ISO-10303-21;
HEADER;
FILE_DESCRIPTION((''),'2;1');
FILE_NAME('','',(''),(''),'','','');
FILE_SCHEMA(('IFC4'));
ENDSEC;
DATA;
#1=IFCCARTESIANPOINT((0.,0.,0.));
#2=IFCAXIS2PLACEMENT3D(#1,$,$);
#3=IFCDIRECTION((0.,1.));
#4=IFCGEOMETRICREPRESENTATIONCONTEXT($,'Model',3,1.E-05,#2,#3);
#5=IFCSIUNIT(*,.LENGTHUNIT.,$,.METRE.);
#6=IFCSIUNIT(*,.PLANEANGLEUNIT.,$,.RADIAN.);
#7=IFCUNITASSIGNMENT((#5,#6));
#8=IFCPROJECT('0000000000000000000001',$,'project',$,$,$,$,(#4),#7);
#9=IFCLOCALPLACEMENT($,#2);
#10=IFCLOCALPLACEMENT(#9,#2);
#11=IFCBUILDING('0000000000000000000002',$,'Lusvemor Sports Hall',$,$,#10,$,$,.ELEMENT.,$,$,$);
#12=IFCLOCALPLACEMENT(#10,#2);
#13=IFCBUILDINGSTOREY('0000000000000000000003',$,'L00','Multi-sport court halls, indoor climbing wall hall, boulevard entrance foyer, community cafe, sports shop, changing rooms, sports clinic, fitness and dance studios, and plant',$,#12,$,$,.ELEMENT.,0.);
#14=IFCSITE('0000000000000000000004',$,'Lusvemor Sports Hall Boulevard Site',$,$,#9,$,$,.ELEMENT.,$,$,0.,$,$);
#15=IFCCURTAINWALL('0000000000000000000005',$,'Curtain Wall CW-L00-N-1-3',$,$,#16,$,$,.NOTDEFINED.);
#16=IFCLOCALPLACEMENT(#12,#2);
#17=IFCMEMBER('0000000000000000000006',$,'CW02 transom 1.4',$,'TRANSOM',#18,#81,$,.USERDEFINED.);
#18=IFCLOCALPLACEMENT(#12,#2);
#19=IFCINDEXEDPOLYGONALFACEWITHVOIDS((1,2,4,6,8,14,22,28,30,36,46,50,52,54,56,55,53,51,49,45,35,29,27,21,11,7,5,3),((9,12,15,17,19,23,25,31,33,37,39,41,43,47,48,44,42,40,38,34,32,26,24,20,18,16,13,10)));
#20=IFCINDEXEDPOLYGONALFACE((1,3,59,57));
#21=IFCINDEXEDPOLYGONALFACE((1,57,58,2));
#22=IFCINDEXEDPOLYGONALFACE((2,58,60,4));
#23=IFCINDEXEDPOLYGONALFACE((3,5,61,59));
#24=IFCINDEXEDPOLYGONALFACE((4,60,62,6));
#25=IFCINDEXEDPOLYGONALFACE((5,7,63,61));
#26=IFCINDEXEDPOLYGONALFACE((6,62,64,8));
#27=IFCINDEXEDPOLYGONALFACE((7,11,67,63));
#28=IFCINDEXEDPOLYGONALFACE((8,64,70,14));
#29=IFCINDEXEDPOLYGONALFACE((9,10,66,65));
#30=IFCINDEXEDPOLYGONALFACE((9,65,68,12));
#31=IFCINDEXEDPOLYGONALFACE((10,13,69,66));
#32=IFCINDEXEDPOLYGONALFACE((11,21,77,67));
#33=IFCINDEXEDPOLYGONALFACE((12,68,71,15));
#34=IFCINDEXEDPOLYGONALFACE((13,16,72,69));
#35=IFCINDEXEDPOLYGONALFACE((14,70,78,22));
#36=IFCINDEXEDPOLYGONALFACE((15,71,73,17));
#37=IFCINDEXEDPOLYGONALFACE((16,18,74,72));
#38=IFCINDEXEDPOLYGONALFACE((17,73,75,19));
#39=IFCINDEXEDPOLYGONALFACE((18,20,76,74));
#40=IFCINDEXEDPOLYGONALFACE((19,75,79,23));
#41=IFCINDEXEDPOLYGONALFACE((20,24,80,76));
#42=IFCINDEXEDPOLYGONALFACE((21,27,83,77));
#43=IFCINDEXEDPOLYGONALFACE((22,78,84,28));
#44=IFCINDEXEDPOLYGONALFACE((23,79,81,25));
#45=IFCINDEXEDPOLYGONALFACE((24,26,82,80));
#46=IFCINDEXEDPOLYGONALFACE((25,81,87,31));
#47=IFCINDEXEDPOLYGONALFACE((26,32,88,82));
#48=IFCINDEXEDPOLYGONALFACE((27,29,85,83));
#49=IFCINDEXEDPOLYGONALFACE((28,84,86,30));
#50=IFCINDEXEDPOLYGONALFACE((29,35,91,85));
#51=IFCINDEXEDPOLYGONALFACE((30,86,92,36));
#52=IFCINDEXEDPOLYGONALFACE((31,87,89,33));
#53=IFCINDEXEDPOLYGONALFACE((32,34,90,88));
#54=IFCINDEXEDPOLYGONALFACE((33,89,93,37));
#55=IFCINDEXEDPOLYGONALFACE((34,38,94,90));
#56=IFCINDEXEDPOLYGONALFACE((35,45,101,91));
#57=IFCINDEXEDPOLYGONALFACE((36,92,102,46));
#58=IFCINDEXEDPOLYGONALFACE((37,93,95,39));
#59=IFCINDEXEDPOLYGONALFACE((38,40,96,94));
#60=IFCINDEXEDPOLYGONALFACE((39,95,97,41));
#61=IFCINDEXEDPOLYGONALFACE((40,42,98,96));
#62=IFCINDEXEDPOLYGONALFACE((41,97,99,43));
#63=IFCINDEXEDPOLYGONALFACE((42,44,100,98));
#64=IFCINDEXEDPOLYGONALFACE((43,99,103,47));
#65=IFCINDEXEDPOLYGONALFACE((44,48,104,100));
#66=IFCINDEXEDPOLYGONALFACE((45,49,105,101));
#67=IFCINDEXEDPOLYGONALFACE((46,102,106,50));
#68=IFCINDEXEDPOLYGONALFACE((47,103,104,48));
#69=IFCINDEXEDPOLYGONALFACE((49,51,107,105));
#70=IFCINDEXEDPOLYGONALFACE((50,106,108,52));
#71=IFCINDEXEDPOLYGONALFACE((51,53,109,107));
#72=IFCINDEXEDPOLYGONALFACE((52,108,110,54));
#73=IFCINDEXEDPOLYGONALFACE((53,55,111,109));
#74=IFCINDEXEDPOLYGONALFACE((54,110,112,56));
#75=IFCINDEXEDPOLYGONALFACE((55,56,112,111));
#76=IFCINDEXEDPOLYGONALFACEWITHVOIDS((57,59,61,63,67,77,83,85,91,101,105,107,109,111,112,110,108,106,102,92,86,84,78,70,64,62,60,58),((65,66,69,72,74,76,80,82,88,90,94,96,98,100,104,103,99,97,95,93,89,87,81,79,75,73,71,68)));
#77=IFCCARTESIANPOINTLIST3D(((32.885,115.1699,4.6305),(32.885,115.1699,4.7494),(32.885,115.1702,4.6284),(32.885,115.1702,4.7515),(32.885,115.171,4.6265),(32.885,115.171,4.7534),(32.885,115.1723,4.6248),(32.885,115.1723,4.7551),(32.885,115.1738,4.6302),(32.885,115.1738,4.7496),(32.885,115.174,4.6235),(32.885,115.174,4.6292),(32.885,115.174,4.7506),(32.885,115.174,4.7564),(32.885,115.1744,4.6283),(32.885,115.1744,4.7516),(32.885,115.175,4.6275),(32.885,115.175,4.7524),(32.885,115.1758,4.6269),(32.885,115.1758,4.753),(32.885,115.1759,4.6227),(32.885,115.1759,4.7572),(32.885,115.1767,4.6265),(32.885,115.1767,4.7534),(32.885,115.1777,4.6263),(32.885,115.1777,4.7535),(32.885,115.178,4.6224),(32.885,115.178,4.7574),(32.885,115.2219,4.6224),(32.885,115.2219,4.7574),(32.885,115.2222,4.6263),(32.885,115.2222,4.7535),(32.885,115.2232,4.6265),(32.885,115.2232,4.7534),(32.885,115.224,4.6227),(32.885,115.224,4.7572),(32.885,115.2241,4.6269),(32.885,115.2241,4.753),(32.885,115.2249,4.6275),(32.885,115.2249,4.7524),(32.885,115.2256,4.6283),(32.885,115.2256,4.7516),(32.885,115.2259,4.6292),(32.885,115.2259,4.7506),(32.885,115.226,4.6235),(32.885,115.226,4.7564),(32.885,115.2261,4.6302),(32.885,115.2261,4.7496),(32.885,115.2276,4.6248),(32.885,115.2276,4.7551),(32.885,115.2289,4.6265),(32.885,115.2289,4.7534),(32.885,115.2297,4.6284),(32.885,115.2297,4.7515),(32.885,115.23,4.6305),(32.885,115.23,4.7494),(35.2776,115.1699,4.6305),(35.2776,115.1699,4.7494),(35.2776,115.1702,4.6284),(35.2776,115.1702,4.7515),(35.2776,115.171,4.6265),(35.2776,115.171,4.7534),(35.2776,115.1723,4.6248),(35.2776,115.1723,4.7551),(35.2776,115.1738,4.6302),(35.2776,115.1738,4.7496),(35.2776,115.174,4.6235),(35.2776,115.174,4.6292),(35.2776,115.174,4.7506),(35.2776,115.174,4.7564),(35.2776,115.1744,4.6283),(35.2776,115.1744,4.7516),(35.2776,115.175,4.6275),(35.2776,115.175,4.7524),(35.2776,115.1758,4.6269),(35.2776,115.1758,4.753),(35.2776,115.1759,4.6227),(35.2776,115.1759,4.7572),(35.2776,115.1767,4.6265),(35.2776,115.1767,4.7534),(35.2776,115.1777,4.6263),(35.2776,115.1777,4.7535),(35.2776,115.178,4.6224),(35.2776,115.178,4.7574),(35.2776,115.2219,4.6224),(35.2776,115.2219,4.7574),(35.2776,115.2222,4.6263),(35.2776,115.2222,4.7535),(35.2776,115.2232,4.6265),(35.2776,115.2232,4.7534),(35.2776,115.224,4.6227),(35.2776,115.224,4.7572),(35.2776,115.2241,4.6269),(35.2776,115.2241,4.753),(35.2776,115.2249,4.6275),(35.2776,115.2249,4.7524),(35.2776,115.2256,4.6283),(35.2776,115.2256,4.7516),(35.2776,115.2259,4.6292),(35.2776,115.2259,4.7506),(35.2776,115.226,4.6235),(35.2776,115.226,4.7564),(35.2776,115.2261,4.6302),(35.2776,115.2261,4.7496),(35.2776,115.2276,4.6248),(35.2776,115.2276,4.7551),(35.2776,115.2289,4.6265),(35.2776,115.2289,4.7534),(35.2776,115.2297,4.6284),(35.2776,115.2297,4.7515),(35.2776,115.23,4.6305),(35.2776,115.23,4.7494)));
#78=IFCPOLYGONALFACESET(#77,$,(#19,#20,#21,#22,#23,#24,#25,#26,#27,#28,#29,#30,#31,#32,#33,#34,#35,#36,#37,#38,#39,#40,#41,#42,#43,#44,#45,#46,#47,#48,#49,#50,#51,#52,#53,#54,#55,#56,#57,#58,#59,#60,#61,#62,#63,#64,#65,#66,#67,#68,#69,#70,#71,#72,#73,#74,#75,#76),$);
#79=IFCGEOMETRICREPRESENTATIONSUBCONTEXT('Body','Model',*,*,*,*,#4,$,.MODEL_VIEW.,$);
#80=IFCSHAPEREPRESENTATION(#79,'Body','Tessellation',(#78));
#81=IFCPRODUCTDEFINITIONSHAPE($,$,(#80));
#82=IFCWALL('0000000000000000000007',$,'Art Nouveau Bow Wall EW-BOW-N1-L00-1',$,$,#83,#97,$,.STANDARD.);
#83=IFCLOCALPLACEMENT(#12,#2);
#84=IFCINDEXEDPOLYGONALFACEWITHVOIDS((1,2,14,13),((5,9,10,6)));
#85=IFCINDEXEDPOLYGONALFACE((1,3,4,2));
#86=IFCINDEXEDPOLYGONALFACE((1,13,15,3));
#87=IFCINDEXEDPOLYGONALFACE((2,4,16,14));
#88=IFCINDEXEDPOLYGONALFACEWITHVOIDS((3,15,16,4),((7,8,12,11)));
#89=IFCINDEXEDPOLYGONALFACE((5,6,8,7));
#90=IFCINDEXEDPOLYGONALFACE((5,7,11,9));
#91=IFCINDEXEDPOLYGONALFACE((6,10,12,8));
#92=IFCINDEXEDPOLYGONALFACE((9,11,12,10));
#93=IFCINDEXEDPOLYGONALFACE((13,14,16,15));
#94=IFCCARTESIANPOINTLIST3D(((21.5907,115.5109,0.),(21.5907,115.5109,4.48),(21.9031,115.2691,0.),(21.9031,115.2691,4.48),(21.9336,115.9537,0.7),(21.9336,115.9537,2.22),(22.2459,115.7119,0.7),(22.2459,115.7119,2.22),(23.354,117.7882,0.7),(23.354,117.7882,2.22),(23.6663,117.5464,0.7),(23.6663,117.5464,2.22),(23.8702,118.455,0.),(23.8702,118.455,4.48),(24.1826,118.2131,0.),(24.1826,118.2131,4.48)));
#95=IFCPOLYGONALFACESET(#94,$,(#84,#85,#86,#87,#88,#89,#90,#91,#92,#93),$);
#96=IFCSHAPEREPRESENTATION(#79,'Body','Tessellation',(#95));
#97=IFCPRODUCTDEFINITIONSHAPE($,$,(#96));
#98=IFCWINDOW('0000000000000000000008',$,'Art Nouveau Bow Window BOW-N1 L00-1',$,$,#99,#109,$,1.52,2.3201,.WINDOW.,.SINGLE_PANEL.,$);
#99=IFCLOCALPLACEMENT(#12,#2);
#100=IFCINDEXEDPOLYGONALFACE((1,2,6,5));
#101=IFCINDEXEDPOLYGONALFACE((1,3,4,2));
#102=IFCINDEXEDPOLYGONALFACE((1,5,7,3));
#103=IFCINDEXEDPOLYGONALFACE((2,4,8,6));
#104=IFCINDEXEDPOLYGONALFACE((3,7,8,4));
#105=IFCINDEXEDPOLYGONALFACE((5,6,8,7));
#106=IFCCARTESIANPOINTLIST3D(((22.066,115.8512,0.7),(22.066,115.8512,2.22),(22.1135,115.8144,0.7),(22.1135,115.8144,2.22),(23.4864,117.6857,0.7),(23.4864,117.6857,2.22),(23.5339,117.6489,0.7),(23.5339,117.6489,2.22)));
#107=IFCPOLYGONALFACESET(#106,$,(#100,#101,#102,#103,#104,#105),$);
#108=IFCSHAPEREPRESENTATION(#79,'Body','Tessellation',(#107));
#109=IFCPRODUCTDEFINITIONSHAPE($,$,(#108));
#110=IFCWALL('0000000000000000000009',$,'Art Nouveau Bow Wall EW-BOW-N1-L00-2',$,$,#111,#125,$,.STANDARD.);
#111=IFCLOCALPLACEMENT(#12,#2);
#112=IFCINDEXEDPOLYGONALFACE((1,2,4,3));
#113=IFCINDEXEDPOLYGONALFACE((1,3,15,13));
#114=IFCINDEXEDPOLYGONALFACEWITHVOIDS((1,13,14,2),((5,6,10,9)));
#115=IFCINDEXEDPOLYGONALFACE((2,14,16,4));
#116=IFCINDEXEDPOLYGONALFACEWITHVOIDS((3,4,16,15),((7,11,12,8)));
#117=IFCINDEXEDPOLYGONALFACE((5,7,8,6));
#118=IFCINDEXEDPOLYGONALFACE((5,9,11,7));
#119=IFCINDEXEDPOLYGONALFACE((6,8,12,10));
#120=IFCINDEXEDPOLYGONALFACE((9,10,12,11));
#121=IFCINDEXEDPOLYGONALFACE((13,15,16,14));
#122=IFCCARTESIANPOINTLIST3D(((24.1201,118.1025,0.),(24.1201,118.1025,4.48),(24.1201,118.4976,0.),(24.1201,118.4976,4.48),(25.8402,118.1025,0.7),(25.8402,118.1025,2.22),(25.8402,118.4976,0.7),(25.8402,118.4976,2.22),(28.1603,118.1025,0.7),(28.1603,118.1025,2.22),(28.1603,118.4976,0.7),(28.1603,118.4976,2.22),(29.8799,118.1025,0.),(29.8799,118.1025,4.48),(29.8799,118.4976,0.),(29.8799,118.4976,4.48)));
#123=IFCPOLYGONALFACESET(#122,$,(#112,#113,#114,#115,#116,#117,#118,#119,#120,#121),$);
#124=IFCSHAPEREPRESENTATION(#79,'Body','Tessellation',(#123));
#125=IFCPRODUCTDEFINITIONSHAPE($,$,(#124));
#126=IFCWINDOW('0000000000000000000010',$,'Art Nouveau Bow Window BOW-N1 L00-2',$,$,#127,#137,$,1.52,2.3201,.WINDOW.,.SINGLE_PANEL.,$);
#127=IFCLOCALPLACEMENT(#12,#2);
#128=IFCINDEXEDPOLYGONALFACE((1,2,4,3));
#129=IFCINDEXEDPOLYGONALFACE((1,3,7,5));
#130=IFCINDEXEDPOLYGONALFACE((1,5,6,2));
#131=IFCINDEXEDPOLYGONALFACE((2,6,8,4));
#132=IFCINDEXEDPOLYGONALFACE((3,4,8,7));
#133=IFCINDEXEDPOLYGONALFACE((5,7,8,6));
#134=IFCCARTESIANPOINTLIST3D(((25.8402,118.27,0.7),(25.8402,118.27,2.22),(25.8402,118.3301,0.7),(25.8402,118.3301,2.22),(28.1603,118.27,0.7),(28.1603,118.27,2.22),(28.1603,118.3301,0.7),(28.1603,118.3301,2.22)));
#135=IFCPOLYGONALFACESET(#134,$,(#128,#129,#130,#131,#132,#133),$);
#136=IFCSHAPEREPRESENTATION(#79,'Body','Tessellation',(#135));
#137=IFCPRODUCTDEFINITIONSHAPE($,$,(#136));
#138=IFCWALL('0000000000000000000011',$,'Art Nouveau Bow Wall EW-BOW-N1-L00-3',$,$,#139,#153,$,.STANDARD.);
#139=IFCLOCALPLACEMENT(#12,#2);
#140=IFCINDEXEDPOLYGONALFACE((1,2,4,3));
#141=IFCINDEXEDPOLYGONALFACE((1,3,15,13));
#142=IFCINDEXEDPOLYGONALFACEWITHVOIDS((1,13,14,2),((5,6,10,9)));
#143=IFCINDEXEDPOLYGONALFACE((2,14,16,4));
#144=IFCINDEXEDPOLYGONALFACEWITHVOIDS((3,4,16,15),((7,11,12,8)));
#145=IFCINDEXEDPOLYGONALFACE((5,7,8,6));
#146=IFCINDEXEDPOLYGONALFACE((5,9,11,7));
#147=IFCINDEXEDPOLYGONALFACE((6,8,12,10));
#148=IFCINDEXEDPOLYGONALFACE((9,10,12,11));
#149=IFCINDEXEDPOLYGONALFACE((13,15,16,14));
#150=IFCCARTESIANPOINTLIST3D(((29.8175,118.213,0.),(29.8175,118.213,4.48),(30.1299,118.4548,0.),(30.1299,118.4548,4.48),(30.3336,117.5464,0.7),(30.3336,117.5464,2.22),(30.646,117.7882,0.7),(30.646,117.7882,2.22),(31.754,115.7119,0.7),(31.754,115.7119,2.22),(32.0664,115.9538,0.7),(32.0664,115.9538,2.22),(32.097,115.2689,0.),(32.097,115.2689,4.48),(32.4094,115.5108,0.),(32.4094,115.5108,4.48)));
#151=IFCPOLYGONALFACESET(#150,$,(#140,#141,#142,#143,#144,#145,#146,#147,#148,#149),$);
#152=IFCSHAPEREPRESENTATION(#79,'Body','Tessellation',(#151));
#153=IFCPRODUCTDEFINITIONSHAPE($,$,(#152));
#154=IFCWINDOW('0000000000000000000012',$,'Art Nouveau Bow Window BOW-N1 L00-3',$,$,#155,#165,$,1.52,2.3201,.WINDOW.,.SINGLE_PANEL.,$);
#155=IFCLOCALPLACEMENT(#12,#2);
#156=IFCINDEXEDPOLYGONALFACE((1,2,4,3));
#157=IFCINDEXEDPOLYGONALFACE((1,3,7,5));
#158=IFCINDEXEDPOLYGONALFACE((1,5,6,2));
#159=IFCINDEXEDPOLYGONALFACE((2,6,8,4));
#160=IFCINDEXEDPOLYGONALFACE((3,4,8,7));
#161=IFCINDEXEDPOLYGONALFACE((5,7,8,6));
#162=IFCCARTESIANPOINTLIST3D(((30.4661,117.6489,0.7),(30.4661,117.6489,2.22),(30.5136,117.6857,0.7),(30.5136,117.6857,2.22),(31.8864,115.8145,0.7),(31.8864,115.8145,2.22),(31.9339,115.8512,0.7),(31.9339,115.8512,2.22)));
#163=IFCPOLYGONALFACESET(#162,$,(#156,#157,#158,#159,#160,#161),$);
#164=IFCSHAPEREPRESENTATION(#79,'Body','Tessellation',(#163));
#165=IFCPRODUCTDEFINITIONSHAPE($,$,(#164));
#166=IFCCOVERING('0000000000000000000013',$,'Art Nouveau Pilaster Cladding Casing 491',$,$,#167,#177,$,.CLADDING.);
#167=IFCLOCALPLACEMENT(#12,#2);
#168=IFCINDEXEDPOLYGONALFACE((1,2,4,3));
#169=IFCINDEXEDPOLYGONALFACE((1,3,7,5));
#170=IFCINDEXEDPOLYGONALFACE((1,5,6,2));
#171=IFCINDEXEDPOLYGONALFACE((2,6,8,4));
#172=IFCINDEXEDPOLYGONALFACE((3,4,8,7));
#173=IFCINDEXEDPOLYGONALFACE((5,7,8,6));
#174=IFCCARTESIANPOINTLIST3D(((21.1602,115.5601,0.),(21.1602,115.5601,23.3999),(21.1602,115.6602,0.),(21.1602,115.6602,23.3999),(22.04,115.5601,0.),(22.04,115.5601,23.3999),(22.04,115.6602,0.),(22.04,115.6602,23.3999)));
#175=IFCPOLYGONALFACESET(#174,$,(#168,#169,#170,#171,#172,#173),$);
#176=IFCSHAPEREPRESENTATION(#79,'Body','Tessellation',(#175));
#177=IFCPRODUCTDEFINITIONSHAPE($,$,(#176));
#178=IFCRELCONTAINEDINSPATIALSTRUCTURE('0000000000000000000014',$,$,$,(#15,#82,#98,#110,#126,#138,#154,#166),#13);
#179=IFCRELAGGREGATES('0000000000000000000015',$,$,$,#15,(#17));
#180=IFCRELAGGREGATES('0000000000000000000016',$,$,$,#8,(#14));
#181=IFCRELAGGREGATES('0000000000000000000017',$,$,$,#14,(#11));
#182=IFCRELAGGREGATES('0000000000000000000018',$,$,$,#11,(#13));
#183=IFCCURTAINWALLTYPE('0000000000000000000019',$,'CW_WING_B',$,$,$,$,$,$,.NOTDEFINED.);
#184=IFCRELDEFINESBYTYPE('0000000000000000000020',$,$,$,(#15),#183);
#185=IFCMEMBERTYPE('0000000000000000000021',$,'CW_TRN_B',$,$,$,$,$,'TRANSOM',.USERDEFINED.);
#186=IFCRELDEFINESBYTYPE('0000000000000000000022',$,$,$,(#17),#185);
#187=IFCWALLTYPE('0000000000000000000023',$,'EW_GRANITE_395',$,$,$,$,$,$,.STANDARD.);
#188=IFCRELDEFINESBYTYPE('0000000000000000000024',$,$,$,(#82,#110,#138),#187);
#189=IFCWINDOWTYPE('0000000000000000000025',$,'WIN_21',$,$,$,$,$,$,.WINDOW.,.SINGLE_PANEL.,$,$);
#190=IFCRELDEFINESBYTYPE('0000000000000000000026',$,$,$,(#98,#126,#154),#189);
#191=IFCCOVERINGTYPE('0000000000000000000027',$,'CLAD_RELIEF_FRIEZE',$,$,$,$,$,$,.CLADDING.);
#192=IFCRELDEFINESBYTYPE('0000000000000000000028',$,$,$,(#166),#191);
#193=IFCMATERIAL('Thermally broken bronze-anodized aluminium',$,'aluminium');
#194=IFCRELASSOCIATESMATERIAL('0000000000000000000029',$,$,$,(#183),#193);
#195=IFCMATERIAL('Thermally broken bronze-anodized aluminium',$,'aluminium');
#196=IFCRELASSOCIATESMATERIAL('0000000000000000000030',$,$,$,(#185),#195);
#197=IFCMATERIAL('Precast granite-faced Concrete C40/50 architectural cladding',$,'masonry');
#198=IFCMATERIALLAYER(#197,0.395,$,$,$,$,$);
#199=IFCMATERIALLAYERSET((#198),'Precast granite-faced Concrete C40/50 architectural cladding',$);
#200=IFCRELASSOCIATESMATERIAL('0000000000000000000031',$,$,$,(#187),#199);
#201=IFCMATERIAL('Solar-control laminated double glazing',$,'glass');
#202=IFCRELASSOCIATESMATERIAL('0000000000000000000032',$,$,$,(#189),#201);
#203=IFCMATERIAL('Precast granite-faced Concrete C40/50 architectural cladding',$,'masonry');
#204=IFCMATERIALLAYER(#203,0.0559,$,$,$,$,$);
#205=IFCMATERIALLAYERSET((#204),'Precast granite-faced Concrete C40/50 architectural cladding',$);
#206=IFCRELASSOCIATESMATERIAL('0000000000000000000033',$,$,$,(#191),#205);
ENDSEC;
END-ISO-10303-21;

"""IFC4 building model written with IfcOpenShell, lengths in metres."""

from ifc_helpers import new_model, si_unit, direction, frame, frame_2d, origin, origin_2d, place, context, subcontext, project, spatial, rectangle, hollow_rectangle, extrude, material, layer, layer_set, material_profile, profile_set, type_object, element, fill, aggregate, save


model = new_model("IFC4")

# Units and contexts
model_context = context("Model", 3, precision=1e-05, world=origin(), true_north=direction((0.0, 1.0)))
body_context = subcontext(model_context, "Body", "Model", "MODEL_VIEW")
ifc_project = project(units=[si_unit("LENGTHUNIT", "METRE"), si_unit("PLANEANGLEUNIT", "RADIAN")], contexts=[model_context])

# Site, building, storey
site_placement = place(None, origin())
site = spatial("IfcSite", under=ifc_project, at=site_placement, Name="Lusvemor Sports Hall Boulevard Site", CompositionType="ELEMENT", RefElevation=0.0)
building_placement = place(site_placement, origin())
building = spatial("IfcBuilding", under=site, at=building_placement, Name="Lusvemor Sports Hall", CompositionType="ELEMENT")
storey_placement = place(building_placement, origin())
storey = spatial("IfcBuildingStorey", under=building, at=storey_placement, Name="L00", Description="Multi-sport court halls, indoor climbing wall hall, boulevard entrance foyer, community cafe, sports shop, changing rooms, sports clinic, fitness and dance studios, and plant", CompositionType="ELEMENT", Elevation=0.0)

# Curtain wall, member
ifc_material_1 = material(Name="Thermally broken bronze-anodized aluminium", Category="aluminium")
curtain_wall_type = type_object("IfcCurtainWallType", Name="CW_WING_B", PredefinedType="NOTDEFINED", material=ifc_material_1)
curtain_wall_placement = place(storey_placement, origin())
curtain_wall = element("IfcCurtainWall", 1, at=curtain_wall_placement, inside=storey, type_object=curtain_wall_type, Name="Curtain Wall CW-L00-N-1-3", PredefinedType="NOTDEFINED")
ifc_material_2 = material(Name="Thermally broken bronze-anodized aluminium", Category="aluminium")
ifc_material_profile_1 = material_profile(ifc_material_2, hollow_rectangle(XDim=0.0601, YDim=0.135, WallThickness=0.0039, InnerFilletRadius=0.0039, OuterFilletRadius=0.0081, at=origin_2d()), Name="CWTRN135x60x4")
ifc_profile_set_1 = profile_set([ifc_material_profile_1], Name="Thermally broken bronze-anodized aluminium")
member_type = type_object("IfcMemberType", Name="CW_TRN_B", ElementType="TRANSOM", PredefinedType="USERDEFINED", material=ifc_profile_set_1)
member_placement = place(storey_placement, frame((32.885, 115.2, 4.6899), z_axis=(1.0, 0.0, 0.0), x_axis=(0.0, 1.0, 0.0)))
member = element("IfcMember", 2, at=member_placement, type_object=member_type, Name="CW02 transom 1.4", ObjectType="TRANSOM", PredefinedType="USERDEFINED", context=body_context, shape_type="SweptSolid", body=[
    extrude(hollow_rectangle(XDim=0.0601, YDim=0.135, WallThickness=0.0039, InnerFilletRadius=0.0039, OuterFilletRadius=0.0081, at=origin_2d()), origin(), (0.0, 0.0, 1.0), 2.3926),
])
aggregate(curtain_wall, [member])

# Walls, openings, windows
ifc_material_3 = material(Name="Precast granite-faced Concrete C40/50 architectural cladding", Category="masonry")
ifc_layer_1 = layer(ifc_material_3, 0.395)
ifc_layer_set_1 = layer_set([ifc_layer_1], Name="Precast granite-faced Concrete C40/50 architectural cladding")
wall_type = type_object("IfcWallType", Name="EW_GRANITE_395", PredefinedType="STANDARD", material=ifc_layer_set_1)
wall_1_placement = place(storey_placement, frame((21.7468, 115.3899, 0.0), z_axis=(0.0, 0.0, 1.0), x_axis=(0.612214, 0.790692, 0.0)))
wall_1 = element("IfcWall", 3, at=wall_1_placement, inside=storey, type_object=wall_type, Name="Art Nouveau Bow Wall EW-BOW-N1-L00-1", PredefinedType="STANDARD", context=body_context, shape_type="SweptSolid", body=[
    extrude(rectangle(XDim=3.7234, YDim=0.395, at=frame_2d((1.8618, 0.0))), origin(), (0.0, 0.0, 1.0), 4.48),
])
opening_1_placement = place(wall_1_placement, frame((0.5601, 0.0, 0.7)))
opening_1 = element("IfcOpeningElement", 4, at=opening_1_placement, cuts=wall_1, PredefinedType="OPENING", context=body_context, shape_type="SweptSolid", body=[
    extrude(rectangle(XDim=2.3201, YDim=1.52, at=frame_2d((1.1602, 0.76))), frame((0.0, 0.1975, 0.0), z_axis=(0.0, -1.0, 0.0), x_axis=(1.0, 0.0, 0.0)), (0.0, 0.0, 1.0), 0.395),
])
ifc_material_4 = material(Name="Solar-control laminated double glazing", Category="glass")
window_type = type_object("IfcWindowType", Name="WIN_21", PartitioningType="SINGLE_PANEL", PredefinedType="WINDOW", material=ifc_material_4)
window_1_placement = place(opening_1_placement, origin())
window_1 = element("IfcWindow", 5, at=window_1_placement, inside=storey, type_object=window_type, Name="Art Nouveau Bow Window BOW-N1 L00-1", OverallHeight=1.52, OverallWidth=2.3201, PartitioningType="SINGLE_PANEL", PredefinedType="WINDOW", context=body_context, shape_type="SweptSolid", body=[
    extrude(rectangle(XDim=2.3201, YDim=1.52, at=frame_2d((1.1602, 0.76))), frame((0.0, 0.03, 0.0), z_axis=(0.0, -1.0, 0.0), x_axis=(1.0, 0.0, 0.0)), (0.0, 0.0, 1.0), 0.0601),
])
fill(opening_1, window_1)
wall_2_placement = place(storey_placement, frame((24.1201, 118.3, 0.0), z_axis=(0.0, 0.0, 1.0), x_axis=(1.0, 0.0, 0.0)))
wall_2 = element("IfcWall", 6, at=wall_2_placement, inside=storey, type_object=wall_type, Name="Art Nouveau Bow Wall EW-BOW-N1-L00-2", PredefinedType="STANDARD", context=body_context, shape_type="SweptSolid", body=[
    extrude(rectangle(XDim=5.7598, YDim=0.395, at=frame_2d((2.8799, 0.0))), origin(), (0.0, 0.0, 1.0), 4.48),
])
opening_2_placement = place(wall_2_placement, frame((1.72, 0.0, 0.7)))
opening_2 = element("IfcOpeningElement", 7, at=opening_2_placement, cuts=wall_2, PredefinedType="OPENING", context=body_context, shape_type="SweptSolid", body=[
    extrude(rectangle(XDim=2.3201, YDim=1.52, at=frame_2d((1.1602, 0.76))), frame((0.0, 0.1975, 0.0), z_axis=(0.0, -1.0, 0.0), x_axis=(1.0, 0.0, 0.0)), (0.0, 0.0, 1.0), 0.395),
])
window_2_placement = place(opening_2_placement, origin())
window_2 = element("IfcWindow", 8, at=window_2_placement, inside=storey, type_object=window_type, Name="Art Nouveau Bow Window BOW-N1 L00-2", OverallHeight=1.52, OverallWidth=2.3201, PartitioningType="SINGLE_PANEL", PredefinedType="WINDOW", context=body_context, shape_type="SweptSolid", body=[
    extrude(rectangle(XDim=2.3201, YDim=1.52, at=frame_2d((1.1602, 0.76))), frame((0.0, 0.03, 0.0), z_axis=(0.0, -1.0, 0.0), x_axis=(1.0, 0.0, 0.0)), (0.0, 0.0, 1.0), 0.0601),
])
fill(opening_2, window_2)
wall_3_placement = place(storey_placement, frame((29.9736, 118.334, 0.0), z_axis=(0.0, 0.0, 1.0), x_axis=(0.612214, -0.790692, 0.0)))
wall_3 = element("IfcWall", 9, at=wall_3_placement, inside=storey, type_object=wall_type, Name="Art Nouveau Bow Wall EW-BOW-N1-L00-3", PredefinedType="STANDARD", context=body_context, shape_type="SweptSolid", body=[
    extrude(rectangle(XDim=3.7234, YDim=0.395, at=frame_2d((1.8618, 0.0))), origin(), (0.0, 0.0, 1.0), 4.48),
])
opening_3_placement = place(wall_3_placement, frame((0.843, 0.0, 0.7)))
opening_3 = element("IfcOpeningElement", 10, at=opening_3_placement, cuts=wall_3, PredefinedType="OPENING", context=body_context, shape_type="SweptSolid", body=[
    extrude(rectangle(XDim=2.3201, YDim=1.52, at=frame_2d((1.1602, 0.76))), frame((0.0, 0.1975, 0.0), z_axis=(0.0, -1.0, 0.0), x_axis=(1.0, 0.0, 0.0)), (0.0, 0.0, 1.0), 0.395),
])
window_3_placement = place(opening_3_placement, origin())
window_3 = element("IfcWindow", 11, at=window_3_placement, inside=storey, type_object=window_type, Name="Art Nouveau Bow Window BOW-N1 L00-3", OverallHeight=1.52, OverallWidth=2.3201, PartitioningType="SINGLE_PANEL", PredefinedType="WINDOW", context=body_context, shape_type="SweptSolid", body=[
    extrude(rectangle(XDim=2.3201, YDim=1.52, at=frame_2d((1.1602, 0.76))), frame((0.0, 0.03, 0.0), z_axis=(0.0, -1.0, 0.0), x_axis=(1.0, 0.0, 0.0)), (0.0, 0.0, 1.0), 0.0601),
])
fill(opening_3, window_3)

# Covering
ifc_material_5 = material(Name="Precast granite-faced Concrete C40/50 architectural cladding", Category="masonry")
ifc_layer_2 = layer(ifc_material_5, 0.0559)
ifc_layer_set_2 = layer_set([ifc_layer_2], Name="Precast granite-faced Concrete C40/50 architectural cladding")
covering_type_1 = type_object("IfcCoveringType", Name="CLAD_RELIEF_FRIEZE", PredefinedType="CLADDING", material=ifc_layer_set_2)
for number, where, z_axis, x_axis, name in (
    (12, (21.6001, 115.6101, 0.0), (0.0, 0.0, 1.0), (1.0, 0.0, 0.0), "Art Nouveau Pilaster Cladding Casing 491"),
):
    element("IfcCovering", number, at=place(storey_placement, frame(where, z_axis=z_axis, x_axis=x_axis)), inside=storey, type_object=covering_type_1, Name=name, PredefinedType="CLADDING", context=body_context, shape_type="SweptSolid", body=[
        extrude(rectangle(XDim=0.8799, YDim=0.1001, at=origin_2d()), origin(), (0.0, 0.0, 1.0), 23.3999),
    ])

save(model, "model.ifc")
